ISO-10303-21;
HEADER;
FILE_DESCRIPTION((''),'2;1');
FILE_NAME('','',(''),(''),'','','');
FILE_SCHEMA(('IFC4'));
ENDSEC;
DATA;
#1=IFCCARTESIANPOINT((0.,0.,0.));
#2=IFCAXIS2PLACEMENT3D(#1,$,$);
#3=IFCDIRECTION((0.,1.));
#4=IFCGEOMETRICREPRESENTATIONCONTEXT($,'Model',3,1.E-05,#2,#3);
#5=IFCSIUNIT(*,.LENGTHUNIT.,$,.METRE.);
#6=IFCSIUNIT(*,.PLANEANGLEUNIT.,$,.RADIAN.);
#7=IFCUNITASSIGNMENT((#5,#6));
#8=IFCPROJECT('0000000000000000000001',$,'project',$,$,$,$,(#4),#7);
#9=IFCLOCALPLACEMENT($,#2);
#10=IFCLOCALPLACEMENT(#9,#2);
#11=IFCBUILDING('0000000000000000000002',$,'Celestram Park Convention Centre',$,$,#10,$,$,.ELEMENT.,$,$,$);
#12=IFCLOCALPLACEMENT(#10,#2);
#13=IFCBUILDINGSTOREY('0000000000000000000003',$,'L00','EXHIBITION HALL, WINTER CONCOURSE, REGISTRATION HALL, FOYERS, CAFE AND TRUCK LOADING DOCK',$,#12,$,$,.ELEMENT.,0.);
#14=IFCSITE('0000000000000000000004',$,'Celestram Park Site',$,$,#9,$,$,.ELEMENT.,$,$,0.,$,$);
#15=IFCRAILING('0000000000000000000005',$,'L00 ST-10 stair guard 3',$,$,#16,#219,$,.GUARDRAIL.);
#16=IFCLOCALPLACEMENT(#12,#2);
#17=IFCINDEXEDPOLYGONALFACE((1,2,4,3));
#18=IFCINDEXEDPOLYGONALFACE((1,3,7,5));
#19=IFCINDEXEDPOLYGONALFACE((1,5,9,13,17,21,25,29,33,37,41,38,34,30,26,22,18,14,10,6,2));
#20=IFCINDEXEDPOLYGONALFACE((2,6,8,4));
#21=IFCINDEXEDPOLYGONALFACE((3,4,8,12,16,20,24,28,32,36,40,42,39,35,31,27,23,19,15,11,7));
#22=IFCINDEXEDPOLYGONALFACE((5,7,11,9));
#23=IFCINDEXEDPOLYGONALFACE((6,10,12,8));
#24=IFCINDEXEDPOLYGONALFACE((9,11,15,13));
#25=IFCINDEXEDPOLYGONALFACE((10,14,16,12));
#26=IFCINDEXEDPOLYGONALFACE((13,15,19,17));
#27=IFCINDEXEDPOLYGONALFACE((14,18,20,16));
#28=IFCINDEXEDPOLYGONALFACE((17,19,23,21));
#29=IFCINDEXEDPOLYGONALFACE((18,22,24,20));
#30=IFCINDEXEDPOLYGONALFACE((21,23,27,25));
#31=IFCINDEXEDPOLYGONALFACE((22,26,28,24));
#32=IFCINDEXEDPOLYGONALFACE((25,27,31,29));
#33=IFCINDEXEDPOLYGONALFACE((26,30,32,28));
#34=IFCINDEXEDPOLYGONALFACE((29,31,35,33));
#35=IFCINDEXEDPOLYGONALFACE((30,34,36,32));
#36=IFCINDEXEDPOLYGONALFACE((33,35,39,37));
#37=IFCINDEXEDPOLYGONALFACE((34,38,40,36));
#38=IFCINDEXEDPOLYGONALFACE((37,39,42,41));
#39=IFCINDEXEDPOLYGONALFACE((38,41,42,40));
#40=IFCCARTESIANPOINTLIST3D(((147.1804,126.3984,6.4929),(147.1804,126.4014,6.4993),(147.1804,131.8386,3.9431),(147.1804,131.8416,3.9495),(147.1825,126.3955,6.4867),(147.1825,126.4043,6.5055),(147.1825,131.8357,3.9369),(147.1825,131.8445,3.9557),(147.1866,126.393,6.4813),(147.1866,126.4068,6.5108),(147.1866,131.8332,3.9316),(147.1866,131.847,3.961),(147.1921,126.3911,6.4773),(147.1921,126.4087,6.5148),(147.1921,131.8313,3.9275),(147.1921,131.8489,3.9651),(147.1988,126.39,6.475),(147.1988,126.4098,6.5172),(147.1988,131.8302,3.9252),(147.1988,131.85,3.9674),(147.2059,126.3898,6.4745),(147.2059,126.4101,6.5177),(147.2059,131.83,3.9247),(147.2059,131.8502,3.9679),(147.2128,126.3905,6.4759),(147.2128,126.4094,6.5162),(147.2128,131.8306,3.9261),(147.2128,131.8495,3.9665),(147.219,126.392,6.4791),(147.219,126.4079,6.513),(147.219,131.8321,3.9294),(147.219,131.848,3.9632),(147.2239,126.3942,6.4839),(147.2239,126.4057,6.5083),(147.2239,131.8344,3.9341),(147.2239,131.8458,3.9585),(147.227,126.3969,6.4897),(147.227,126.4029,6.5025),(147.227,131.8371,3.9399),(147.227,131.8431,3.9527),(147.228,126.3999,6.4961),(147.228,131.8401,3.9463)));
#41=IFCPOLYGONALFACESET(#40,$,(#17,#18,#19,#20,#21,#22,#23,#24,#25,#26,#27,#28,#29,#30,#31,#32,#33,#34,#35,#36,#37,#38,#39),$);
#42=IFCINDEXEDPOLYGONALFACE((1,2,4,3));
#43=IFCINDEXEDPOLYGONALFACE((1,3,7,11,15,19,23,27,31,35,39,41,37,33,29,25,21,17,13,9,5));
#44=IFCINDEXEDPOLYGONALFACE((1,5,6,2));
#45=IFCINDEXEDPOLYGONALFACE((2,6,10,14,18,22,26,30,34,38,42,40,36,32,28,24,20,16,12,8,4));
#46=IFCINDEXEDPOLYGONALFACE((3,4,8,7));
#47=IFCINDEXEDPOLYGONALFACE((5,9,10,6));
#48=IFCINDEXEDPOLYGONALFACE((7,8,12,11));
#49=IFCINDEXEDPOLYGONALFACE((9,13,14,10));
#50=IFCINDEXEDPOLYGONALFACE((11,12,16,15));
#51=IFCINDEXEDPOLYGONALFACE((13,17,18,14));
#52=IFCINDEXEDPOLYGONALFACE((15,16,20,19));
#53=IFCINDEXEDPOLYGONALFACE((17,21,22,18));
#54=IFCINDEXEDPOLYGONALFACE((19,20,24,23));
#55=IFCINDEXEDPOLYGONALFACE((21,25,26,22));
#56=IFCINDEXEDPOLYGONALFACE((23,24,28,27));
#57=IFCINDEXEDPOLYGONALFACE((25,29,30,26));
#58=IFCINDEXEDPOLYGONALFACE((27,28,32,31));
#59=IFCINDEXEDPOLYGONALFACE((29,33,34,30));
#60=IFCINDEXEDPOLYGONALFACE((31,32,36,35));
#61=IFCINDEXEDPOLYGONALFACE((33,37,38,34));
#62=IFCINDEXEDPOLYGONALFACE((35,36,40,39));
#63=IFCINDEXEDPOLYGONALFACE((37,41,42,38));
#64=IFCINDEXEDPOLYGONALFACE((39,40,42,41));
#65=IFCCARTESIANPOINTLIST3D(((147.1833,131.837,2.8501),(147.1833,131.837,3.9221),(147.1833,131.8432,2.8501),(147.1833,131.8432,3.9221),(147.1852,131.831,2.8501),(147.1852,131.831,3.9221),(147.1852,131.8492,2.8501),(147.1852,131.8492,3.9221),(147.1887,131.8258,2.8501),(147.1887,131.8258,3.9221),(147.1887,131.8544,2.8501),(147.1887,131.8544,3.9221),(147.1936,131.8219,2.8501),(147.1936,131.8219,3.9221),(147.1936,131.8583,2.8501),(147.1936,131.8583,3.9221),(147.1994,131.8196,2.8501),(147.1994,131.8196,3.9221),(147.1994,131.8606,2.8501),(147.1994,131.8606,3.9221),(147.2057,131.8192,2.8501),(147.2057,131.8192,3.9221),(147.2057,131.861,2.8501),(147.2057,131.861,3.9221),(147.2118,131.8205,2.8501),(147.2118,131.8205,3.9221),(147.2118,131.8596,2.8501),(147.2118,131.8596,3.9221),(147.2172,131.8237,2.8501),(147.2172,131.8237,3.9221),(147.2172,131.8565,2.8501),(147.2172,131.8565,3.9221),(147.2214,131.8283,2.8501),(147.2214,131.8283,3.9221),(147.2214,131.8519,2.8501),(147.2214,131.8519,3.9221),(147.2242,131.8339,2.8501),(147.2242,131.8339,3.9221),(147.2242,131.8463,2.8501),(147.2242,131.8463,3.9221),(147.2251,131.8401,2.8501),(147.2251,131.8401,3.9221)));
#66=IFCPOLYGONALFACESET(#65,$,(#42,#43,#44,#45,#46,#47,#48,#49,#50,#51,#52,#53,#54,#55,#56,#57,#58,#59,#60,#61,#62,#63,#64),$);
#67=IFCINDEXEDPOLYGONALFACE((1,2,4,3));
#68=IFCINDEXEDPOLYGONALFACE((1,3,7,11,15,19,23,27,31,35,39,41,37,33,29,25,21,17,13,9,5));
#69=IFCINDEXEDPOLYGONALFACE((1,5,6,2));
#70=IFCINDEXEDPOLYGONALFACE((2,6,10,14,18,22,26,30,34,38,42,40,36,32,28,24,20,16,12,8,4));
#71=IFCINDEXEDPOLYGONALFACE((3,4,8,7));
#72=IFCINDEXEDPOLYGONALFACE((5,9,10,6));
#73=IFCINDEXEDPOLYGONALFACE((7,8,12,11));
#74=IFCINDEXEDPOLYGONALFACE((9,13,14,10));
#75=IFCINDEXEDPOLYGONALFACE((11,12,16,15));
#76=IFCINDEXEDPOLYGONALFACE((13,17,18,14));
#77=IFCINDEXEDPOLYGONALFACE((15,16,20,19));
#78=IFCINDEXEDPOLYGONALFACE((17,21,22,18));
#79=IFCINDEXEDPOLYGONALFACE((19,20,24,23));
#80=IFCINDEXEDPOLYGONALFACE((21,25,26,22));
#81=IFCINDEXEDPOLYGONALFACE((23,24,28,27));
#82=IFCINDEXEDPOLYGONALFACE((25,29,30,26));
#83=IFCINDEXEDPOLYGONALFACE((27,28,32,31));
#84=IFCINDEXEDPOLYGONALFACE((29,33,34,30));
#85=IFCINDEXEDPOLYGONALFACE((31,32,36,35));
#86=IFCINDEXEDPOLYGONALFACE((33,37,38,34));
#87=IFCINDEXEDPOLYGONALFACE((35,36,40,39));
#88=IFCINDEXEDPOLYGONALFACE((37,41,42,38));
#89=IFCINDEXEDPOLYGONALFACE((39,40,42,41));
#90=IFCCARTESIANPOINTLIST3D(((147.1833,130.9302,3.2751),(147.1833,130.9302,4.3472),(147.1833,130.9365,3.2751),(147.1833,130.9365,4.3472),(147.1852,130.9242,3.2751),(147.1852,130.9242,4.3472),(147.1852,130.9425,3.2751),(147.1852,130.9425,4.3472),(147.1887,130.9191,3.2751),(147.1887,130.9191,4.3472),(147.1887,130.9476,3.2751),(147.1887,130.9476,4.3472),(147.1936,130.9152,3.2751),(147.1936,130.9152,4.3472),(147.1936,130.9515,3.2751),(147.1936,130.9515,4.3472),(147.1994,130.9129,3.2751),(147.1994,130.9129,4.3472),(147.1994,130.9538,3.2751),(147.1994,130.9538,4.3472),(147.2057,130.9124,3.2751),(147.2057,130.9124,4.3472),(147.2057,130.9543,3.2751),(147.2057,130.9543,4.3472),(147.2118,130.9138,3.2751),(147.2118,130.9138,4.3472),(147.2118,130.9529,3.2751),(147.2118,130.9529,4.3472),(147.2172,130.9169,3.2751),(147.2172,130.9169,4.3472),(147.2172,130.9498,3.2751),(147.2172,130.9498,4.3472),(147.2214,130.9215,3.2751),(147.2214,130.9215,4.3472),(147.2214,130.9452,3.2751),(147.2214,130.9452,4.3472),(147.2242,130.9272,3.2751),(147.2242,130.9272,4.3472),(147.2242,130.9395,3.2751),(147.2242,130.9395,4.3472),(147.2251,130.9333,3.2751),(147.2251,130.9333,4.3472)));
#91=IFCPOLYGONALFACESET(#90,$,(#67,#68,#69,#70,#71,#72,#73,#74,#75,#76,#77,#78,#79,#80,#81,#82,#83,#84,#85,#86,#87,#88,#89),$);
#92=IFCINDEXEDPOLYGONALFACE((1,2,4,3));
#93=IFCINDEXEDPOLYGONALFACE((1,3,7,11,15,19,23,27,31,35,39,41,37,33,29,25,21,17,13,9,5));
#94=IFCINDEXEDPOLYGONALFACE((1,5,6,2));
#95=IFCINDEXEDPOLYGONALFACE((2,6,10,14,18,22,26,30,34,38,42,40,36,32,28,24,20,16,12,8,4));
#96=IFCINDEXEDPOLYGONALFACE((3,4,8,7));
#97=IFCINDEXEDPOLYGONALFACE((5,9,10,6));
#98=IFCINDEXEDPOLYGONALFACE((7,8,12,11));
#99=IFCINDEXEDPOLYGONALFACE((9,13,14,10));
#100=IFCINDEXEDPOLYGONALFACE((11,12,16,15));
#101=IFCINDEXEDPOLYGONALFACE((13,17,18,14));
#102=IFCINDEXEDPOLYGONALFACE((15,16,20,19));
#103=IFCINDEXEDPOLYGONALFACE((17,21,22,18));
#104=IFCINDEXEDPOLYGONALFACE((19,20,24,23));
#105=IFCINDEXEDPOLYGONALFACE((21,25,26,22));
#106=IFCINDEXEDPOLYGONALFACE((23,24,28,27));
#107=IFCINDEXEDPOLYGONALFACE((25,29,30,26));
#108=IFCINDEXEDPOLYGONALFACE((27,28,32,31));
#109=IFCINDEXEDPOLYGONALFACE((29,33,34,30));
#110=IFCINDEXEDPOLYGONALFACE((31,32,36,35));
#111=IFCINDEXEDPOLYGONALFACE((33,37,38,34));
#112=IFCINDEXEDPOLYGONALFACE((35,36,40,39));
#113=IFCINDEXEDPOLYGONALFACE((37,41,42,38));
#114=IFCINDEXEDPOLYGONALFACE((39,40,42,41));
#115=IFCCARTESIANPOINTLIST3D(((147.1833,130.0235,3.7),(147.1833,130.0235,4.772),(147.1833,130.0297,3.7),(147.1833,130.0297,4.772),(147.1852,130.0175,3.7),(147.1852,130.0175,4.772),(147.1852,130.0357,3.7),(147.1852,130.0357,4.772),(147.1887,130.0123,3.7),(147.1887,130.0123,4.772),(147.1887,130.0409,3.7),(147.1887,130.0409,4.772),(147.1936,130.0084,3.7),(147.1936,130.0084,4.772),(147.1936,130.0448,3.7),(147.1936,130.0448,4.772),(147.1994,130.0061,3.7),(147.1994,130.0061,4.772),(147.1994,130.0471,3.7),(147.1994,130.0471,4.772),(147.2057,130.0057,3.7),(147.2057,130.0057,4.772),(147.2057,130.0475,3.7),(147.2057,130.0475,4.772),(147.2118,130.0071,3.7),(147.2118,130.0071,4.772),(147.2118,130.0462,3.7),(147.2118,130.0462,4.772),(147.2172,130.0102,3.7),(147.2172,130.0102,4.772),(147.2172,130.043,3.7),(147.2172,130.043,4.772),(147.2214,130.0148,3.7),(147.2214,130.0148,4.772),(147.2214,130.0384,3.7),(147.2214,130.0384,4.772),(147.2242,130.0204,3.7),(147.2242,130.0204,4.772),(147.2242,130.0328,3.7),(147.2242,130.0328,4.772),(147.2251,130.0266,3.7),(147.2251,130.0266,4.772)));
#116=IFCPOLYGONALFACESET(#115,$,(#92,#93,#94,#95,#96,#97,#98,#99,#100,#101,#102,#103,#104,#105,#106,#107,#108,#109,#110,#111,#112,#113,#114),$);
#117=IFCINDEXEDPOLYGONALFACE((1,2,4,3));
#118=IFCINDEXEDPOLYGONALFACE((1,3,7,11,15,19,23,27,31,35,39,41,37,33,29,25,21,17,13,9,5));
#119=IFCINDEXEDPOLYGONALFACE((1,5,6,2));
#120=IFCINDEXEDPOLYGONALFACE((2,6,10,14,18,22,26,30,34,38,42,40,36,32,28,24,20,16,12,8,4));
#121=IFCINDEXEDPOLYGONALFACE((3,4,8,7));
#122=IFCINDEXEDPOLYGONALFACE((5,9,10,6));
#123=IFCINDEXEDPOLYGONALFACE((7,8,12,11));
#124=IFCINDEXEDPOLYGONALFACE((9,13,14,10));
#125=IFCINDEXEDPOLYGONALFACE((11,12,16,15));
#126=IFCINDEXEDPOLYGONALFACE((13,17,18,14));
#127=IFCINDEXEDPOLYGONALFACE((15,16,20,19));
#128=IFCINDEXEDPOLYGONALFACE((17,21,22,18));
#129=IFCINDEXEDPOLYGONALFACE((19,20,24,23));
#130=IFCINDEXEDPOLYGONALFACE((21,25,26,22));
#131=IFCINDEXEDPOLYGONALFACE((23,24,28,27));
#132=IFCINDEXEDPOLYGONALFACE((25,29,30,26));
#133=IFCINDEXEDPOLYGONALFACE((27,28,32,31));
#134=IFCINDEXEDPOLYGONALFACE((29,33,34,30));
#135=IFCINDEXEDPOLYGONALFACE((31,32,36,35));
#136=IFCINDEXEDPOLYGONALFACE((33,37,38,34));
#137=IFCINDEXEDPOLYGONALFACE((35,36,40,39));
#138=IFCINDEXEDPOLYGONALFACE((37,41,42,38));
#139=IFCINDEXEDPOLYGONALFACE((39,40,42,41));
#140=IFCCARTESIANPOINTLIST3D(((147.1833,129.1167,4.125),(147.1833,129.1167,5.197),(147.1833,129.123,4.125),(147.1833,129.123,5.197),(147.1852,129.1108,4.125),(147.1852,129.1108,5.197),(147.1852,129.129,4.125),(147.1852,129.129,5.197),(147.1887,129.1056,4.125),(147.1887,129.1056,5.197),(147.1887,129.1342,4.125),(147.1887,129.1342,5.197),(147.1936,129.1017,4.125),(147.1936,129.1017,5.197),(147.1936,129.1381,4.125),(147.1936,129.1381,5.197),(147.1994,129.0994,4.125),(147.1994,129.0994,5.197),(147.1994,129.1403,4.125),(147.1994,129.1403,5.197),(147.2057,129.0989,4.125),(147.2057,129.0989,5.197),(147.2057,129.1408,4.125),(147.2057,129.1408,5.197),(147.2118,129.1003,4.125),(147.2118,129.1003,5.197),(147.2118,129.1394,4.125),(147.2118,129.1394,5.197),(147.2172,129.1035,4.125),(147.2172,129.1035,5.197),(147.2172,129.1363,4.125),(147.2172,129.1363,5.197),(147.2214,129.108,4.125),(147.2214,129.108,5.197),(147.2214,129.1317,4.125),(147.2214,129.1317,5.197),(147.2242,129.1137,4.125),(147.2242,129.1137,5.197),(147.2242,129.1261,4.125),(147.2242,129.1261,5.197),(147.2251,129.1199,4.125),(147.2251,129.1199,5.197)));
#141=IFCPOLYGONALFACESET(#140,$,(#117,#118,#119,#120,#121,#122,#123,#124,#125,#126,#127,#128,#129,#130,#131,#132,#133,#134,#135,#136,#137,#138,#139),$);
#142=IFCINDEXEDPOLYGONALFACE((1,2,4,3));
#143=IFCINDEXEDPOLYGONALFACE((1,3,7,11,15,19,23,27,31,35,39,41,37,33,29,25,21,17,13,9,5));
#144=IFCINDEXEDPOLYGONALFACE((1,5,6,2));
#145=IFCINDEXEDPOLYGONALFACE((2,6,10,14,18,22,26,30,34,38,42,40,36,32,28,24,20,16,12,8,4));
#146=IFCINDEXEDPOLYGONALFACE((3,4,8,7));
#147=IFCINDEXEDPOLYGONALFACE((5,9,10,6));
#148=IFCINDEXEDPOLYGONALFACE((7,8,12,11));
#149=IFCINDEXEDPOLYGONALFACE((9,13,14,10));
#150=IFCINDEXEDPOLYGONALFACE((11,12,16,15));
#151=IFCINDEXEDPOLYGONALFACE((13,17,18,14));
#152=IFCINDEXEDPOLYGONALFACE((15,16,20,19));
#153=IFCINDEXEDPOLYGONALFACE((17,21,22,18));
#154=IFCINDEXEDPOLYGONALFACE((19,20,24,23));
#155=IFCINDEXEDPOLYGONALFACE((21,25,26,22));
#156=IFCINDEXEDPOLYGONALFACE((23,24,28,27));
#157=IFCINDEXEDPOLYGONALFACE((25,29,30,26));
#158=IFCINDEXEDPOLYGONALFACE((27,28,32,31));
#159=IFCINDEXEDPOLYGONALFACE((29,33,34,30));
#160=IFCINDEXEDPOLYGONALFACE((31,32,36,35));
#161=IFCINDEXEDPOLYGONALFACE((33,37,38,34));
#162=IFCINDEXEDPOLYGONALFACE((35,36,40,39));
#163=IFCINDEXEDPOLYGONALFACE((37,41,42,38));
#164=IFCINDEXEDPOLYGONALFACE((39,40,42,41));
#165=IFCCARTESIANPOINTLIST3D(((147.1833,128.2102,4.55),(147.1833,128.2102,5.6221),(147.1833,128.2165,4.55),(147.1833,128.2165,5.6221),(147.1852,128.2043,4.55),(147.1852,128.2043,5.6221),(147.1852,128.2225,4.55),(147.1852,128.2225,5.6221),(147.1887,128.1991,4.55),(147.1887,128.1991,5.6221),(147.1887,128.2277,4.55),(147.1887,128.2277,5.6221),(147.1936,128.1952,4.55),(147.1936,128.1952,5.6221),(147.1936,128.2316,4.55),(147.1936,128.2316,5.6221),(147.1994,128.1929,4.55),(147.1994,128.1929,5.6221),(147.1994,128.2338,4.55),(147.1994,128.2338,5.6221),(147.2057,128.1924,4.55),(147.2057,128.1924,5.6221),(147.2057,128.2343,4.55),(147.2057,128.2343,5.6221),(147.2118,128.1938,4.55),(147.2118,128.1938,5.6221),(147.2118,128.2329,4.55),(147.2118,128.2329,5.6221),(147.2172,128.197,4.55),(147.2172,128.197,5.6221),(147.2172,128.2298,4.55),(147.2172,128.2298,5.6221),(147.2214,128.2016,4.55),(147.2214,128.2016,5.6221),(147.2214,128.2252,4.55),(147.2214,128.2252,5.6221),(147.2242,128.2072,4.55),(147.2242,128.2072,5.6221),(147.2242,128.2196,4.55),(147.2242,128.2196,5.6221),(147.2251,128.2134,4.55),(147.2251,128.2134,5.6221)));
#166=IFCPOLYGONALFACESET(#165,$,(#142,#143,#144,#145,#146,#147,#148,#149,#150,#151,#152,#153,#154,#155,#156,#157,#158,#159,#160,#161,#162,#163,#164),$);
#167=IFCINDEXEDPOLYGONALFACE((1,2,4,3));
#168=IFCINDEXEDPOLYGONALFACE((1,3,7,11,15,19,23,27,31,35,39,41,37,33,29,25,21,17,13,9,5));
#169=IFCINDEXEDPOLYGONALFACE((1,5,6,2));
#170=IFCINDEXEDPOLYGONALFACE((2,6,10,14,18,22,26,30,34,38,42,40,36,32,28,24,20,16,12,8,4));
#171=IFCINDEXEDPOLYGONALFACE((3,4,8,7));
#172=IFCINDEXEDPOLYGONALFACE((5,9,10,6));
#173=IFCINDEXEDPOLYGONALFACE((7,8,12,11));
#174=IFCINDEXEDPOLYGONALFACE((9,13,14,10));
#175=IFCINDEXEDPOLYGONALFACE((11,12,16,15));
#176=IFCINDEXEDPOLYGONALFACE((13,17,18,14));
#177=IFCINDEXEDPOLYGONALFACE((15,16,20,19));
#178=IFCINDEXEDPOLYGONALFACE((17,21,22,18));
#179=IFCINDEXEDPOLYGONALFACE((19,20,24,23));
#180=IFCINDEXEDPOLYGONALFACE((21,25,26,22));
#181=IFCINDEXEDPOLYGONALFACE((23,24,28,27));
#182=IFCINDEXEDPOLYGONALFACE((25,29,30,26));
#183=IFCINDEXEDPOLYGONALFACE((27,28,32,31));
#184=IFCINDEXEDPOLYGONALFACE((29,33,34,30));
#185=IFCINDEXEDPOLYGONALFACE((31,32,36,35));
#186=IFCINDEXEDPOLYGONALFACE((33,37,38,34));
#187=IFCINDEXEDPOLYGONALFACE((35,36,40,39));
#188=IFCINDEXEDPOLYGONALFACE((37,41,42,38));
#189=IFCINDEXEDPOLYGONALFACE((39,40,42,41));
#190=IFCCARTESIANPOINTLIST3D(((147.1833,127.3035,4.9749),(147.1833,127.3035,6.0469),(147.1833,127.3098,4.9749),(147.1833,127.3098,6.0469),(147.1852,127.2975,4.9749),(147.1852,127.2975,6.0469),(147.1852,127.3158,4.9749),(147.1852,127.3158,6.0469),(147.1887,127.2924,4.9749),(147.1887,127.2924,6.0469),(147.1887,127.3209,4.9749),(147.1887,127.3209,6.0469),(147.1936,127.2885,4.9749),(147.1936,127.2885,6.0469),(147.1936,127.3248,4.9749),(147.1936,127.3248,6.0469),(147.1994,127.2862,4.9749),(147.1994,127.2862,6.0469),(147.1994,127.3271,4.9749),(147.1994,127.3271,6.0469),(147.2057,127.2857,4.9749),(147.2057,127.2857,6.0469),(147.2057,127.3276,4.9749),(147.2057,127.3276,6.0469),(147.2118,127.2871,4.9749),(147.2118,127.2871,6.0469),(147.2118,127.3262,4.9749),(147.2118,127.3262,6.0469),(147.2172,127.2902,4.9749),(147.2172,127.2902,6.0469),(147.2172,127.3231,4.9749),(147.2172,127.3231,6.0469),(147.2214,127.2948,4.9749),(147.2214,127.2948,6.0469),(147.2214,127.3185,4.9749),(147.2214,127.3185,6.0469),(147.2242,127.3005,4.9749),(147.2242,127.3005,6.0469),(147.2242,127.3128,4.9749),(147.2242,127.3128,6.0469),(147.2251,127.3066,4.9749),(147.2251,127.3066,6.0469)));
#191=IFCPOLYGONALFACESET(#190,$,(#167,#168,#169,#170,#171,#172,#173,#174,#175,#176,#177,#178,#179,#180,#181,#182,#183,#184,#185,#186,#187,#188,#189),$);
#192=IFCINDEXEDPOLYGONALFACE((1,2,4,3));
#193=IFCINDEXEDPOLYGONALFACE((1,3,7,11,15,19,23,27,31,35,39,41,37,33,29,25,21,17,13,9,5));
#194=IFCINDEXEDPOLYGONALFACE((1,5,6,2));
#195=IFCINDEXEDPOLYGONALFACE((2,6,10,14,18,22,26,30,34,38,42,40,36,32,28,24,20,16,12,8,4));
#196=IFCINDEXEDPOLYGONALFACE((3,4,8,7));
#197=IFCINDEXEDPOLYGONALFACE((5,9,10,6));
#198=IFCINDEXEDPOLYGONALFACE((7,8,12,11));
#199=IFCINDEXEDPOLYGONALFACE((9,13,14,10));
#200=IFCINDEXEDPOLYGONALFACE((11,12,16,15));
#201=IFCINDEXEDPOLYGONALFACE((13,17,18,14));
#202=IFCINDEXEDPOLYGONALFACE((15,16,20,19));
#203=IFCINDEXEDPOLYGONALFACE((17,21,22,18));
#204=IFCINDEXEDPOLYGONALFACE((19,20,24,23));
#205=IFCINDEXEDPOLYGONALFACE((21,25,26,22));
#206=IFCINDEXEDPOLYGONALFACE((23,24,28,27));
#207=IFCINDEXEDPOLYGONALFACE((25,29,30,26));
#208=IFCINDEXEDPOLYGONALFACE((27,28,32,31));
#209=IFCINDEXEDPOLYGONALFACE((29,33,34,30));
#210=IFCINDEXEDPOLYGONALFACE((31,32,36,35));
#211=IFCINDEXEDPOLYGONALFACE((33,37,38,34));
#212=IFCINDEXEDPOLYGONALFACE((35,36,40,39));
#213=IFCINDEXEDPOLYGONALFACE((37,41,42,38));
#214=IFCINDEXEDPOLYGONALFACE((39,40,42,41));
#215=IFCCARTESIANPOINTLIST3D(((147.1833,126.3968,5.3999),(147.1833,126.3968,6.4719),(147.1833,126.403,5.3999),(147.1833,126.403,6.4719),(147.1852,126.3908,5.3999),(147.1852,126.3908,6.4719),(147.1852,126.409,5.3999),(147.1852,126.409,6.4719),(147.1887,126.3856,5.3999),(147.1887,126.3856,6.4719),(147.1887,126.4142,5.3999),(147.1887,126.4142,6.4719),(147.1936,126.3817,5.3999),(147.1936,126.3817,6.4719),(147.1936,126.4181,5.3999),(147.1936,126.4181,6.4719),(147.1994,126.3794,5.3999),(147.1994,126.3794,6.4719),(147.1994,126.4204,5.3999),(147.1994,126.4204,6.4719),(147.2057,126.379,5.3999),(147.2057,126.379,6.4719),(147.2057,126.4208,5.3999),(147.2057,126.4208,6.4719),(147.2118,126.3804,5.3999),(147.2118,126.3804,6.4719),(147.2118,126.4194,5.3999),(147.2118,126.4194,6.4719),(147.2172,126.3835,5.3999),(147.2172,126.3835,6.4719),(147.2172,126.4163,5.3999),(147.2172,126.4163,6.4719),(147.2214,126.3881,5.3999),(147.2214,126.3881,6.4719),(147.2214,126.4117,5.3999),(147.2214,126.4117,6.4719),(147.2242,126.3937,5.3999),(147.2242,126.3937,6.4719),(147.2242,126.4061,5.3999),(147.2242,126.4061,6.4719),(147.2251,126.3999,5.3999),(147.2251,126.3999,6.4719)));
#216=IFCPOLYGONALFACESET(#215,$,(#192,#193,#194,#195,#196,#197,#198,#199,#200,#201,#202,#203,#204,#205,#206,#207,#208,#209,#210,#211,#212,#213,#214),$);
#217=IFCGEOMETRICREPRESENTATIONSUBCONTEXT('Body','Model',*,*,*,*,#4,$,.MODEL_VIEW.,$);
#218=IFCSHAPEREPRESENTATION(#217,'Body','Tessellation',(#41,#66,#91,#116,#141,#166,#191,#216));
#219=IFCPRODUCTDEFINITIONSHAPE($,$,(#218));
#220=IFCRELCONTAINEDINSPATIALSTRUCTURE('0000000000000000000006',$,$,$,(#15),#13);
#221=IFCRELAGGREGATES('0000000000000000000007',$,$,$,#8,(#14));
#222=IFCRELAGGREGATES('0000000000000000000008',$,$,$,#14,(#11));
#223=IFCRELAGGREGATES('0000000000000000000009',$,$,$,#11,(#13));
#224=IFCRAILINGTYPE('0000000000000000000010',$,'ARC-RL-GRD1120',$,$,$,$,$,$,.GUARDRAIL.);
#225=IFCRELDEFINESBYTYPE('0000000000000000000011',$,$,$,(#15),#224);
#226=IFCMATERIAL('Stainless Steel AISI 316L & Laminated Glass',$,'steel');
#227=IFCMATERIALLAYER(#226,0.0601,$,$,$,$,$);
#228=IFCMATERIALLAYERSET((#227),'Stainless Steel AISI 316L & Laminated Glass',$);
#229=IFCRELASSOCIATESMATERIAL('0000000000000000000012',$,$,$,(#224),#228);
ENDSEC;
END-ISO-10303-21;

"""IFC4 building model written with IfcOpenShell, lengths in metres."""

from ifc_helpers import new_model, si_unit, direction, frame, origin, origin_2d, place, context, subcontext, project, spatial, circle, extrude, material, layer, layer_set, type_object, element, save


model = new_model("IFC4")

# Units and contexts
model_context = context("Model", 3, precision=1e-05, world=origin(), true_north=direction((0.0, 1.0)))
body_context = subcontext(model_context, "Body", "Model", "MODEL_VIEW")
ifc_project = project(units=[si_unit("LENGTHUNIT", "METRE"), si_unit("PLANEANGLEUNIT", "RADIAN")], contexts=[model_context])

# Site, building, storey
site_placement = place(None, origin())
site = spatial("IfcSite", under=ifc_project, at=site_placement, Name="Celestram Park Site", CompositionType="ELEMENT", RefElevation=0.0)
building_placement = place(site_placement, origin())
building = spatial("IfcBuilding", under=site, at=building_placement, Name="Celestram Park Convention Centre", CompositionType="ELEMENT")
storey_placement = place(building_placement, origin())
storey = spatial("IfcBuildingStorey", under=building, at=storey_placement, Name="L00", Description="EXHIBITION HALL, WINTER CONCOURSE, REGISTRATION HALL, FOYERS, CAFE AND TRUCK LOADING DOCK", CompositionType="ELEMENT", Elevation=0.0)

# Railing
ifc_material_1 = material(Name="Stainless Steel AISI 316L & Laminated Glass", Category="steel")
ifc_layer_1 = layer(ifc_material_1, 0.0601)
ifc_layer_set_1 = layer_set([ifc_layer_1], Name="Stainless Steel AISI 316L & Laminated Glass")
railing_type_1 = type_object("IfcRailingType", Name="ARC-RL-GRD1120", PredefinedType="GUARDRAIL", material=ifc_layer_set_1)
railing_1_placement = place(storey_placement, frame((147.2041, 131.8401, 2.8501)))
element("IfcRailing", 1, at=railing_1_placement, inside=storey, type_object=railing_type_1, Name="L00 ST-10 stair guard 3", PredefinedType="GUARDRAIL", context=body_context, shape_type="SweptSolid", body=[
    extrude(circle(Radius=0.0239, at=origin_2d()), frame((0.0, 0.0, 1.0962), z_axis=(0.0, -0.905477, 0.424395), x_axis=(1.0, 0.0, 0.0)), (0.0, 0.0, 1.0), 6.0081),
    extrude(circle(Radius=0.021, at=origin_2d()), origin(), (0.0, 0.0, 1.0), 1.072),
    extrude(circle(Radius=0.021, at=origin_2d()), frame((0.0, -0.9067, 0.425)), (0.0, 0.0, 1.0), 1.072),
    extrude(circle(Radius=0.021, at=origin_2d()), frame((0.0, -1.8135, 0.8499)), (0.0, 0.0, 1.0), 1.072),
    extrude(circle(Radius=0.021, at=origin_2d()), frame((0.0, -2.7202, 1.2749)), (0.0, 0.0, 1.0), 1.072),
    extrude(circle(Radius=0.021, at=origin_2d()), frame((0.0, -3.6267, 1.7)), (0.0, 0.0, 1.0), 1.072),
    extrude(circle(Radius=0.021, at=origin_2d()), frame((0.0, -4.5334, 2.1248)), (0.0, 0.0, 1.0), 1.072),
    extrude(circle(Radius=0.021, at=origin_2d()), frame((0.0, -5.4402, 2.5498)), (0.0, 0.0, 1.0), 1.072),
])

save(model, "model.ifc")
